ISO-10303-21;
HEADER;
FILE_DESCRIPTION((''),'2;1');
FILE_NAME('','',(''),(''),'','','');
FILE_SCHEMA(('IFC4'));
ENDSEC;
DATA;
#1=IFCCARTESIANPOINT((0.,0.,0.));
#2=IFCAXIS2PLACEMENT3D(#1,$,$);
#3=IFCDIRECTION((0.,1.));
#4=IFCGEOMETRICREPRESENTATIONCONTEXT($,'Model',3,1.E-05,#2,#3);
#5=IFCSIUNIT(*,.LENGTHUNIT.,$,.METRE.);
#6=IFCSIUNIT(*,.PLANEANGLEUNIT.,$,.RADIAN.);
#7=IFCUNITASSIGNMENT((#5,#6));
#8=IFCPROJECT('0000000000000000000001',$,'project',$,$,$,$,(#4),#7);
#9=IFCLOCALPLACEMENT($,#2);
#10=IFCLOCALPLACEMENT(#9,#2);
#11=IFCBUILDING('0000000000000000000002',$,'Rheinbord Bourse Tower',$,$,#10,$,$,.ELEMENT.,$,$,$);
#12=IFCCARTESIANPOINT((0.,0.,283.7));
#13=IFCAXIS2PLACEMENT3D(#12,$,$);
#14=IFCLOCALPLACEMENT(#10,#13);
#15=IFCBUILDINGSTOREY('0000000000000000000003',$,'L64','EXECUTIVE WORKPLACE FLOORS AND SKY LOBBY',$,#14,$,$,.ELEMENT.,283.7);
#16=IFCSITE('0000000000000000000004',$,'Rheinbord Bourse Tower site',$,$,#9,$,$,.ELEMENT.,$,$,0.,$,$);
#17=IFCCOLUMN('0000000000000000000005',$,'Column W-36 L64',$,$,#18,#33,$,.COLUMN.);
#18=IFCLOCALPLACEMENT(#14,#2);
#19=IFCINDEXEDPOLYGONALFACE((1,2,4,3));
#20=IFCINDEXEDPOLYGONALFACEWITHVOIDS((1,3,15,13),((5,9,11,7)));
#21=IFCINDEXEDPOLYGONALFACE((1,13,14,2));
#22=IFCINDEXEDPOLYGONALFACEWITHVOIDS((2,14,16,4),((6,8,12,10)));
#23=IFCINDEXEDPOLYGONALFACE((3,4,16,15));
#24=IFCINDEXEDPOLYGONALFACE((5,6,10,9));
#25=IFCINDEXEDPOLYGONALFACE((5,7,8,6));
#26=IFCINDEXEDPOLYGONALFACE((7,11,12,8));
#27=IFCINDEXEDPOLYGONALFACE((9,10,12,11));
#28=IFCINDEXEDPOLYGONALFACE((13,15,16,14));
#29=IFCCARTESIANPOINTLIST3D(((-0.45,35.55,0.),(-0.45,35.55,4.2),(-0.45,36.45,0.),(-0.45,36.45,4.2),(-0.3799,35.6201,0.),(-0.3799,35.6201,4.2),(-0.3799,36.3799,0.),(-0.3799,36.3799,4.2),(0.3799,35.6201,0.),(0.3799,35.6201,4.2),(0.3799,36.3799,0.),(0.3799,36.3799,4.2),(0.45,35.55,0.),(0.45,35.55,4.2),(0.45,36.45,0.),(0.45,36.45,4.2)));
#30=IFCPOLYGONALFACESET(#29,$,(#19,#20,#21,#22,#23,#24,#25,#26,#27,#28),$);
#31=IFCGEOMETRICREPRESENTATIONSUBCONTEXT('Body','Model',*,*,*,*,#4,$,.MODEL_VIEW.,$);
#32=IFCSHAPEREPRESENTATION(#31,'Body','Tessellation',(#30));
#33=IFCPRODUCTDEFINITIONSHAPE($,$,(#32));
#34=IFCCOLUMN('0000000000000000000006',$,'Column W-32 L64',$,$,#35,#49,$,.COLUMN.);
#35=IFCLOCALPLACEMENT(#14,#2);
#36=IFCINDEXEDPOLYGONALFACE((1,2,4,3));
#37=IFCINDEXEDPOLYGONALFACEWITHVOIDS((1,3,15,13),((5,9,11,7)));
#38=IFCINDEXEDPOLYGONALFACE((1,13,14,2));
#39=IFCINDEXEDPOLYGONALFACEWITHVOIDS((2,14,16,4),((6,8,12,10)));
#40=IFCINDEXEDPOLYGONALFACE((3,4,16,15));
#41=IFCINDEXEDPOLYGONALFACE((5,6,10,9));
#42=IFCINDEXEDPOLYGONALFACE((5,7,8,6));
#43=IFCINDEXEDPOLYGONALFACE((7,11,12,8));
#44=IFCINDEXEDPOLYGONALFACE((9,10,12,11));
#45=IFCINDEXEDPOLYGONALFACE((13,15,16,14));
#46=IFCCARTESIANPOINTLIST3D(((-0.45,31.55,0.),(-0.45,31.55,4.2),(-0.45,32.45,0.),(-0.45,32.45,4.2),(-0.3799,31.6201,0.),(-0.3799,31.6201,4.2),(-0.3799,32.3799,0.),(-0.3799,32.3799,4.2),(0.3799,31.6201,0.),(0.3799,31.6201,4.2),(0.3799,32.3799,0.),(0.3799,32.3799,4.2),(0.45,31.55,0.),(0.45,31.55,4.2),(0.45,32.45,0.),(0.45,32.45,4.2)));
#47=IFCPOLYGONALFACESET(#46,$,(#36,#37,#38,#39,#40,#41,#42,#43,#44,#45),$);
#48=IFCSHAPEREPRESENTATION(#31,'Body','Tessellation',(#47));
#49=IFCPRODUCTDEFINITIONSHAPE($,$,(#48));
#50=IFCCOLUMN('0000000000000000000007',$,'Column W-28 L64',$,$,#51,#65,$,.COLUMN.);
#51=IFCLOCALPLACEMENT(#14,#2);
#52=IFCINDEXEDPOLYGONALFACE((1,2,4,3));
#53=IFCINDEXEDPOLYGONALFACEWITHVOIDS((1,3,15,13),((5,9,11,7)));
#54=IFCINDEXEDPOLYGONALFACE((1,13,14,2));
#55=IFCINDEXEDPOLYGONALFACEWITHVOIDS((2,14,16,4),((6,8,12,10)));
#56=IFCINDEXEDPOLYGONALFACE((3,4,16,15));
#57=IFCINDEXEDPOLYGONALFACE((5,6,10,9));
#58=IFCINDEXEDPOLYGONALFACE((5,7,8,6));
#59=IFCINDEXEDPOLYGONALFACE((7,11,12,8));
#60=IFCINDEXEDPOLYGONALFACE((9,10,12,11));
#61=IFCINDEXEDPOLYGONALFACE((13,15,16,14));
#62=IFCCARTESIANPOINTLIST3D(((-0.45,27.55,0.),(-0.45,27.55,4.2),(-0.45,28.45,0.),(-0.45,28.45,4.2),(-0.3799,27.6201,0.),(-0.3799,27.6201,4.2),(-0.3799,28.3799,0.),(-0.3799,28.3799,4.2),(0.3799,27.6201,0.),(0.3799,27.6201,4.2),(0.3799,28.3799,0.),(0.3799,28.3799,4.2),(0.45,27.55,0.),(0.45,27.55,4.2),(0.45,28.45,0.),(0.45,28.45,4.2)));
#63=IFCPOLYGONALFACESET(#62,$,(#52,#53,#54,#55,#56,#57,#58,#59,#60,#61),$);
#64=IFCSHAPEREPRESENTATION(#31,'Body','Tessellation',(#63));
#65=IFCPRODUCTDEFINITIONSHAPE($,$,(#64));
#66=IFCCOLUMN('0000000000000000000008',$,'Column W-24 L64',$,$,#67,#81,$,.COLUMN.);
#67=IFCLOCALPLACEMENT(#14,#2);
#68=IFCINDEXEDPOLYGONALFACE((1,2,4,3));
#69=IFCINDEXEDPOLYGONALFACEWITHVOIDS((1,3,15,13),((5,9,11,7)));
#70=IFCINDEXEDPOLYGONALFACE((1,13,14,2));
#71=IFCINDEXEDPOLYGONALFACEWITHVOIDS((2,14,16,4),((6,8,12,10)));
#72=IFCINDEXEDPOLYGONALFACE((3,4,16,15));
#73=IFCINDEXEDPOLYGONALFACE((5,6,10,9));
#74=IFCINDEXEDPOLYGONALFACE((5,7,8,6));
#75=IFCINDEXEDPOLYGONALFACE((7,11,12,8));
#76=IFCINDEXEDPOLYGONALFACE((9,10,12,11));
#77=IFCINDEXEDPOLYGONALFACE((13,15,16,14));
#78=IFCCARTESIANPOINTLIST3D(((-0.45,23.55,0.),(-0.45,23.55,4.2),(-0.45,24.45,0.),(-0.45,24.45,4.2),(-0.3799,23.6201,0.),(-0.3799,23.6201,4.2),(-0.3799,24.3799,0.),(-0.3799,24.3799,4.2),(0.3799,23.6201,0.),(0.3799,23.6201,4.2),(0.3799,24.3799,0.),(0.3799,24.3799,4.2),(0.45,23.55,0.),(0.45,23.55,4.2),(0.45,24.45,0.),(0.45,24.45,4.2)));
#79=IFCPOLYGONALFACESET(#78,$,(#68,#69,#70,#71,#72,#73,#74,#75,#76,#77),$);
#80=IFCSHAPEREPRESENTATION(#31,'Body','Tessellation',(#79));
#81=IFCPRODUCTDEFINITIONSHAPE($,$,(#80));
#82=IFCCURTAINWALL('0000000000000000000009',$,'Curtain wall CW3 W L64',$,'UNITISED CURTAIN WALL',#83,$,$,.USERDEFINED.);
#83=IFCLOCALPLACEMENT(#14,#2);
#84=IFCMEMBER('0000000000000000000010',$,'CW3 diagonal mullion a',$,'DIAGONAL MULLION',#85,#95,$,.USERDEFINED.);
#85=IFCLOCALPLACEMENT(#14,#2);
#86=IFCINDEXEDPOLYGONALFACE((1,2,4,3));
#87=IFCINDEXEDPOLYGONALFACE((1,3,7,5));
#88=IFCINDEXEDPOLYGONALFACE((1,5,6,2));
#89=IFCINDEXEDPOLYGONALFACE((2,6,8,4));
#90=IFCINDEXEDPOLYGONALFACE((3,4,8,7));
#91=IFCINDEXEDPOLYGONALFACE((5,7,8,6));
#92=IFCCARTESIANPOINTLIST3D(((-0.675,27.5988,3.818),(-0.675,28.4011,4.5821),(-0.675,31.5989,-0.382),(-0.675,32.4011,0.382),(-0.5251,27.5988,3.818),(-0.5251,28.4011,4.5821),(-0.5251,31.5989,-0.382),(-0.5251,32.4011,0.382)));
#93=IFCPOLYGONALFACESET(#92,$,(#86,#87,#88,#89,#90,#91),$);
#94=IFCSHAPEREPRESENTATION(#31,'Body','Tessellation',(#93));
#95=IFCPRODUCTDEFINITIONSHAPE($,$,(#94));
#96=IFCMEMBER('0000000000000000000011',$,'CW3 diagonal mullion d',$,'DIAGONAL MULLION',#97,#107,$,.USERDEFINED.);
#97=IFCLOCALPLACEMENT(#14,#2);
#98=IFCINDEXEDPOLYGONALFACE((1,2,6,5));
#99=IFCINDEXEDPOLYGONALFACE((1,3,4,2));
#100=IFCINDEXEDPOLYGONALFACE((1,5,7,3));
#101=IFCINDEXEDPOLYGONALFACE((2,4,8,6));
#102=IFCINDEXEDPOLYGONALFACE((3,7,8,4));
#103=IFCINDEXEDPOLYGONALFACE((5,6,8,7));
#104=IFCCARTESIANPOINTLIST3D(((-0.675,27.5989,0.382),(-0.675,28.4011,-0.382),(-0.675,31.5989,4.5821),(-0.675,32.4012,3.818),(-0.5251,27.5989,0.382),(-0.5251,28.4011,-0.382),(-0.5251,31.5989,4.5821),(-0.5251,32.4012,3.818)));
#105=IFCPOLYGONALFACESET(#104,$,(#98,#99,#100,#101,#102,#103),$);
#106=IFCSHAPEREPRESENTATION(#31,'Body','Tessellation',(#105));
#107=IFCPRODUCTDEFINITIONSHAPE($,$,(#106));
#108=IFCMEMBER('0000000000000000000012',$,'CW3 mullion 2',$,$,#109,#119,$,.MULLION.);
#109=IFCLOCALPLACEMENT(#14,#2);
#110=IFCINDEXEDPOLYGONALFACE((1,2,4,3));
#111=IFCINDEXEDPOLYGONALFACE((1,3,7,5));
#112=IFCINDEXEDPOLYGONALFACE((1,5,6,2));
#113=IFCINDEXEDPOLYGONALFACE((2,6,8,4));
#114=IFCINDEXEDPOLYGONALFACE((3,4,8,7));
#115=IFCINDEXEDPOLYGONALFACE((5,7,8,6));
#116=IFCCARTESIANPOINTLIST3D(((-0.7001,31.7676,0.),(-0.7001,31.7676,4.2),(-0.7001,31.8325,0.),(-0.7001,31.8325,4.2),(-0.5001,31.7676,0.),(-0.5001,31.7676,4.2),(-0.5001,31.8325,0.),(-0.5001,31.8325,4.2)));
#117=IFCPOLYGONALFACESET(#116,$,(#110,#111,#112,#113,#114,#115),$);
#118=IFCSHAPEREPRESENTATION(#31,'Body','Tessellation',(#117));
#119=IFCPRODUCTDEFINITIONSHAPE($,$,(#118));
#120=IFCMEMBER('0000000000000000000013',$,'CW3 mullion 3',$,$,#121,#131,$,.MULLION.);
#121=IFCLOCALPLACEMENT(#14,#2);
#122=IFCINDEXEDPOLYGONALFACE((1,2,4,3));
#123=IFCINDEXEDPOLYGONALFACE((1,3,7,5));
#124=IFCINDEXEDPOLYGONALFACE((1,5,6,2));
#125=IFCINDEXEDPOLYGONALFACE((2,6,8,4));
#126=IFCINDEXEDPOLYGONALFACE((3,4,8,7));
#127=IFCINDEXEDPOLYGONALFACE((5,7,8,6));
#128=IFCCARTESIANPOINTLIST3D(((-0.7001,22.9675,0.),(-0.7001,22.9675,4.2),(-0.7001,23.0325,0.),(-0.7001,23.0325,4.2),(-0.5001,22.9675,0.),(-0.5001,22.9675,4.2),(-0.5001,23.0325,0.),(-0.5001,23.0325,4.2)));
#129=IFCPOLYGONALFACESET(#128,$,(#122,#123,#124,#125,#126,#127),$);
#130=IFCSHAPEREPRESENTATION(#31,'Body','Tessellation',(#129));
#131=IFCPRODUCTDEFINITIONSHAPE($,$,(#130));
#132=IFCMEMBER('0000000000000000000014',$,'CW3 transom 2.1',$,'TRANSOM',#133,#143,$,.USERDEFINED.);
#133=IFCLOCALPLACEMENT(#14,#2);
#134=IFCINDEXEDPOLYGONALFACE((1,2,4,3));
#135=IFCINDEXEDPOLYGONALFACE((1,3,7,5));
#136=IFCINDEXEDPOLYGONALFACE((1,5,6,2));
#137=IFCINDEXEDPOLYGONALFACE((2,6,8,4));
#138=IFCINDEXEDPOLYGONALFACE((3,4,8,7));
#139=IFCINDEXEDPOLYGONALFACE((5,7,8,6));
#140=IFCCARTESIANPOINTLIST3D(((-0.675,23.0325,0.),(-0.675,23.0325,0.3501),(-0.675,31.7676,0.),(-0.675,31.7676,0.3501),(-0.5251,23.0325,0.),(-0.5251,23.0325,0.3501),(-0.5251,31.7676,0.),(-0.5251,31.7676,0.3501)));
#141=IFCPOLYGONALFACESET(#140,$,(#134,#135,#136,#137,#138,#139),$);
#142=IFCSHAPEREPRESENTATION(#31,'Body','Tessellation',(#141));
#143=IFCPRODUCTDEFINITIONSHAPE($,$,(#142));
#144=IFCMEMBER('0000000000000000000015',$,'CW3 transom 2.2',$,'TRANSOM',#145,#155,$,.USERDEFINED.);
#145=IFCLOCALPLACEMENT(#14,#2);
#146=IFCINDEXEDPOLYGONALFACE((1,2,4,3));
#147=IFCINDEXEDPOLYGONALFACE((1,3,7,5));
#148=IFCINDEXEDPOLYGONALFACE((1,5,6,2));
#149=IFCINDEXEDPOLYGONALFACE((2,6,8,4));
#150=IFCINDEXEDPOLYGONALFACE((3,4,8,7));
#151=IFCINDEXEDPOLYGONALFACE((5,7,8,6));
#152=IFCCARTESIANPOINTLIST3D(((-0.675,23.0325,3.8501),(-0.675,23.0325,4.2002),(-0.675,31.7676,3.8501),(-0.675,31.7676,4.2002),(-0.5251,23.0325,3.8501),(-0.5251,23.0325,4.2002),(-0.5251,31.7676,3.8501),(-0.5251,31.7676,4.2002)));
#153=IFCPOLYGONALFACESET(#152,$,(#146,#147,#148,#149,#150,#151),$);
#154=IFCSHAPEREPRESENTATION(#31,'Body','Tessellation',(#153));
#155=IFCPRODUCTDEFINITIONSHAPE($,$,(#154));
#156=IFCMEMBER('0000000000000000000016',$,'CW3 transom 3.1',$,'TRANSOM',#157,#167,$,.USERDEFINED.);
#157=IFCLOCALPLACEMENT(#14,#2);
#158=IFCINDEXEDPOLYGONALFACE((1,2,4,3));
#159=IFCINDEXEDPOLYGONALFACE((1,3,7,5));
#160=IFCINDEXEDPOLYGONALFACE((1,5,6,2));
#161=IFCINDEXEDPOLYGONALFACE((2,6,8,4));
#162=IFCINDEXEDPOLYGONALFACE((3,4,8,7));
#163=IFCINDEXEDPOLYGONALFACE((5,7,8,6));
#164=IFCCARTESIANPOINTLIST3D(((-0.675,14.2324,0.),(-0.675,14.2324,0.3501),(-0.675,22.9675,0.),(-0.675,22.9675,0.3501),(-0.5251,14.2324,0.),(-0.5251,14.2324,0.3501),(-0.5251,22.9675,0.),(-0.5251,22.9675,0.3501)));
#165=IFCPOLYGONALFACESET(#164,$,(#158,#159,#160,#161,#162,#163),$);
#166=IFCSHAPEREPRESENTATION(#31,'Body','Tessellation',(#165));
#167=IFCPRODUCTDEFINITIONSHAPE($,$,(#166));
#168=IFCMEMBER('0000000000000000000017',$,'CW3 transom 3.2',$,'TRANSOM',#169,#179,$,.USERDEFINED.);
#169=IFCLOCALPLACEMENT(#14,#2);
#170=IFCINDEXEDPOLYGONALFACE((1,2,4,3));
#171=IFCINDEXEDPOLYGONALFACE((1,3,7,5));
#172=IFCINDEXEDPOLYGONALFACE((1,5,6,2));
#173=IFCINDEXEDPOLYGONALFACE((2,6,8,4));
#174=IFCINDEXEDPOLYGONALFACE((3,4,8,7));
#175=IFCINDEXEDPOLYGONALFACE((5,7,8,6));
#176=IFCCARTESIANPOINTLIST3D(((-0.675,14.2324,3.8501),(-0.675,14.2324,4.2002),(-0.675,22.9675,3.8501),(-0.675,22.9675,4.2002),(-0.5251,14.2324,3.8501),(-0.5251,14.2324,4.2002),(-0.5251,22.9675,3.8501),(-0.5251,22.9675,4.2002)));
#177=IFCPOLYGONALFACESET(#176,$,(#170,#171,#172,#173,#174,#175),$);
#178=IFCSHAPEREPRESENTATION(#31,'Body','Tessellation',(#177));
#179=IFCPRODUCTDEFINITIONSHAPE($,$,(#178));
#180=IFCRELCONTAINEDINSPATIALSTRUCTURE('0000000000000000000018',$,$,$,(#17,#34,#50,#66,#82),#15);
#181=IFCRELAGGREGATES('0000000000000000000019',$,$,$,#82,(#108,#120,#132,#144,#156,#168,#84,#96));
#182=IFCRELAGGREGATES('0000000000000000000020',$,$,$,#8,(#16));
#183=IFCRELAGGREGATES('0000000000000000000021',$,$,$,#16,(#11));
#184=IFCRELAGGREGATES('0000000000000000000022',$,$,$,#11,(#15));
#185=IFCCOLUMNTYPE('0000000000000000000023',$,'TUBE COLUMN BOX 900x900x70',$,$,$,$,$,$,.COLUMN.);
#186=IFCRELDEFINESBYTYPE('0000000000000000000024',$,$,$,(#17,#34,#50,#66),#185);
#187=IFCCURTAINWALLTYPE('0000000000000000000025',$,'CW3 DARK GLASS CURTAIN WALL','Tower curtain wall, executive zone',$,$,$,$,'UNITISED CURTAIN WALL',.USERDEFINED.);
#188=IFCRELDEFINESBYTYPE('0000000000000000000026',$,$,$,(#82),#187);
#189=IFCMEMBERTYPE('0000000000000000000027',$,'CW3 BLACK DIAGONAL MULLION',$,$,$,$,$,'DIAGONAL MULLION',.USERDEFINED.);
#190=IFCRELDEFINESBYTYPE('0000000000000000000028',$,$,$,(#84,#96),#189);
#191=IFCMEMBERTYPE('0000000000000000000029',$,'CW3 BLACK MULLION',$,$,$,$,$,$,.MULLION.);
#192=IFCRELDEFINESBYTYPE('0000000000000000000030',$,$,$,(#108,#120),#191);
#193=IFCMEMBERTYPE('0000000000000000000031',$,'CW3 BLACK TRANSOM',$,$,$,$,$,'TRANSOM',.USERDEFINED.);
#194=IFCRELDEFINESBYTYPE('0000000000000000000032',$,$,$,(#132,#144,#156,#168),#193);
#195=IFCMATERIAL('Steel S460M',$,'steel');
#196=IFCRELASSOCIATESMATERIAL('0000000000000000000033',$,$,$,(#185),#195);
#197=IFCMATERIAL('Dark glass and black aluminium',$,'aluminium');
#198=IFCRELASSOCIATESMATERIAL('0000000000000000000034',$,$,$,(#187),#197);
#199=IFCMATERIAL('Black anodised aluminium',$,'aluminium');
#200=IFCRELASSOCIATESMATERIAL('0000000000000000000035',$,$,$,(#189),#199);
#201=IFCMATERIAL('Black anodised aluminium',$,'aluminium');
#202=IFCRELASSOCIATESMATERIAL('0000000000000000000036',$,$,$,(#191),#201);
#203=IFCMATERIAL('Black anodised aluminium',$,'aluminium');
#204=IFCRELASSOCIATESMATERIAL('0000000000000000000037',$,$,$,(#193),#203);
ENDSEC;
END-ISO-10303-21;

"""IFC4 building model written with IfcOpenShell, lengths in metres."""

from ifc_helpers import new_model, si_unit, direction, frame, origin, origin_2d, place, context, subcontext, project, spatial, rectangle, hollow_rectangle, extrude, material, material_profile, profile_set, type_object, element, aggregate, save


model = new_model("IFC4")

# Units and contexts
model_context = context("Model", 3, precision=1e-05, world=origin(), true_north=direction((0.0, 1.0)))
body_context = subcontext(model_context, "Body", "Model", "MODEL_VIEW")
ifc_project = project(units=[si_unit("LENGTHUNIT", "METRE"), si_unit("PLANEANGLEUNIT", "RADIAN")], contexts=[model_context])

# Site, building, storey
site_placement = place(None, origin())
site = spatial("IfcSite", under=ifc_project, at=site_placement, Name="Rheinbord Bourse Tower site", CompositionType="ELEMENT", RefElevation=0.0)
building_placement = place(site_placement, origin())
building = spatial("IfcBuilding", under=site, at=building_placement, Name="Rheinbord Bourse Tower", CompositionType="ELEMENT")
storey_placement = place(building_placement, frame((0.0, 0.0, 283.7)))
storey = spatial("IfcBuildingStorey", under=building, at=storey_placement, Name="L64", Description="EXECUTIVE WORKPLACE FLOORS AND SKY LOBBY", CompositionType="ELEMENT", Elevation=283.7)

# Columns
ifc_material_1 = material(Name="Steel S460M", Category="steel")
ifc_material_profile_1 = material_profile(ifc_material_1, hollow_rectangle(XDim=0.8999, YDim=0.8999, WallThickness=0.0701, at=origin_2d()), Name="BOX 900x900x70")
ifc_profile_set_1 = profile_set([ifc_material_profile_1], Name="Steel S460M")
column_type = type_object("IfcColumnType", Name="TUBE COLUMN BOX 900x900x70", PredefinedType="COLUMN", material=ifc_profile_set_1)
for number, where, z_axis, x_axis, name in (
    (1, (0.0, 36.0, 0.0), (0.0, 0.0, 1.0), (1.0, 0.0, 0.0), "Column W-36 L64"),
    (2, (0.0, 32.0, 0.0), (0.0, 0.0, 1.0), (1.0, 0.0, 0.0), "Column W-32 L64"),
    (3, (0.0, 28.0, 0.0), (0.0, 0.0, 1.0), (1.0, 0.0, 0.0), "Column W-28 L64"),
    (4, (0.0, 24.0, 0.0), (0.0, 0.0, 1.0), (1.0, 0.0, 0.0), "Column W-24 L64"),
):
    element("IfcColumn", number, at=place(storey_placement, frame(where, z_axis=z_axis, x_axis=x_axis)), inside=storey, type_object=column_type, Name=name, PredefinedType="COLUMN", context=body_context, shape_type="SweptSolid", body=[
        extrude(hollow_rectangle(XDim=0.8999, YDim=0.8999, WallThickness=0.0701, at=origin_2d()), origin(), (0.0, 0.0, 1.0), 4.2),
    ])

# Curtain wall, members
ifc_material_2 = material(Name="Dark glass and black aluminium", Category="aluminium")
curtain_wall_type = type_object("IfcCurtainWallType", Name="CW3 DARK GLASS CURTAIN WALL", Description="Tower curtain wall, executive zone", ElementType="UNITISED CURTAIN WALL", PredefinedType="USERDEFINED", material=ifc_material_2)
curtain_wall_placement = place(storey_placement, origin())
curtain_wall = element("IfcCurtainWall", 5, at=curtain_wall_placement, inside=storey, type_object=curtain_wall_type, Name="Curtain wall CW3 W L64", ObjectType="UNITISED CURTAIN WALL", PredefinedType="USERDEFINED")
ifc_material_3 = material(Name="Black anodised aluminium", Category="aluminium")
ifc_material_profile_2 = material_profile(ifc_material_3, rectangle(XDim=0.1499, YDim=1.1079, at=origin_2d()), Name="CW3 DIAGONAL MULLION 1108x150")
ifc_profile_set_2 = profile_set([ifc_material_profile_2], Name="Black anodised aluminium")
member_type_1 = type_object("IfcMemberType", Name="CW3 BLACK DIAGONAL MULLION", ElementType="DIAGONAL MULLION", PredefinedType="USERDEFINED", material=ifc_profile_set_2)
member_1_placement = place(storey_placement, frame((-0.6001, 32.0, 0.0), z_axis=(0.0, -0.689659, 0.724134), x_axis=(1.0, 0.0, 0.0)))
member_1 = element("IfcMember", 6, at=member_1_placement, type_object=member_type_1, Name="CW3 diagonal mullion a", ObjectType="DIAGONAL MULLION", PredefinedType="USERDEFINED", context=body_context, shape_type="SweptSolid", body=[
    extrude(rectangle(XDim=0.1499, YDim=1.1079, at=origin_2d()), origin(), (0.0, 0.0, 1.0), 5.8),
])
member_2_placement = place(storey_placement, frame((-0.6001, 28.0, 0.0), z_axis=(0.0, 0.689659, 0.724134), x_axis=(-1.0, 0.0, 0.0)))
member_2 = element("IfcMember", 7, at=member_2_placement, type_object=member_type_1, Name="CW3 diagonal mullion d", ObjectType="DIAGONAL MULLION", PredefinedType="USERDEFINED", context=body_context, shape_type="SweptSolid", body=[
    extrude(rectangle(XDim=0.1499, YDim=1.1079, at=origin_2d()), origin(), (0.0, 0.0, 1.0), 5.8),
])
ifc_material_4 = material(Name="Black anodised aluminium", Category="aluminium")
ifc_material_profile_3 = material_profile(ifc_material_4, rectangle(XDim=0.2, YDim=0.0649, at=origin_2d()), Name="CW3 MULLION 65x200")
ifc_profile_set_3 = profile_set([ifc_material_profile_3], Name="Black anodised aluminium")
member_type_2 = type_object("IfcMemberType", Name="CW3 BLACK MULLION", PredefinedType="MULLION", material=ifc_profile_set_3)
member_3_placement = place(storey_placement, frame((-0.6001, 31.8, 0.0), z_axis=(0.0, 0.0, 1.0), x_axis=(1.0, 0.0, 0.0)))
member_3 = element("IfcMember", 8, at=member_3_placement, type_object=member_type_2, Name="CW3 mullion 2", PredefinedType="MULLION", context=body_context, shape_type="SweptSolid", body=[
    extrude(rectangle(XDim=0.2, YDim=0.0649, at=origin_2d()), origin(), (0.0, 0.0, 1.0), 4.2),
])
member_4_placement = place(storey_placement, frame((-0.6001, 23.0, 0.0), z_axis=(0.0, 0.0, 1.0), x_axis=(1.0, 0.0, 0.0)))
member_4 = element("IfcMember", 9, at=member_4_placement, type_object=member_type_2, Name="CW3 mullion 3", PredefinedType="MULLION", context=body_context, shape_type="SweptSolid", body=[
    extrude(rectangle(XDim=0.2, YDim=0.0649, at=origin_2d()), origin(), (0.0, 0.0, 1.0), 4.2),
])
ifc_material_5 = material(Name="Black anodised aluminium", Category="aluminium")
ifc_material_profile_4 = material_profile(ifc_material_5, rectangle(XDim=0.1499, YDim=0.3501, at=origin_2d()), Name="CW3 TRANSOM 350x150")
ifc_profile_set_4 = profile_set([ifc_material_profile_4], Name="Black anodised aluminium")
member_type_3 = type_object("IfcMemberType", Name="CW3 BLACK TRANSOM", ElementType="TRANSOM", PredefinedType="USERDEFINED", material=ifc_profile_set_4)
member_5_placement = place(storey_placement, frame((-0.6001, 31.7676, 0.175), z_axis=(0.0, -1.0, 0.0), x_axis=(1.0, 0.0, 0.0)))
member_5 = element("IfcMember", 10, at=member_5_placement, type_object=member_type_3, Name="CW3 transom 2.1", ObjectType="TRANSOM", PredefinedType="USERDEFINED", context=body_context, shape_type="SweptSolid", body=[
    extrude(rectangle(XDim=0.1499, YDim=0.3501, at=origin_2d()), origin(), (0.0, 0.0, 1.0), 8.7351),
])
member_6_placement = place(storey_placement, frame((-0.6001, 31.7676, 4.0251), z_axis=(0.0, -1.0, 0.0), x_axis=(1.0, 0.0, 0.0)))
member_6 = element("IfcMember", 11, at=member_6_placement, type_object=member_type_3, Name="CW3 transom 2.2", ObjectType="TRANSOM", PredefinedType="USERDEFINED", context=body_context, shape_type="SweptSolid", body=[
    extrude(rectangle(XDim=0.1499, YDim=0.3501, at=origin_2d()), origin(), (0.0, 0.0, 1.0), 8.7351),
])
member_7_placement = place(storey_placement, frame((-0.6001, 22.9675, 0.175), z_axis=(0.0, -1.0, 0.0), x_axis=(1.0, 0.0, 0.0)))
member_7 = element("IfcMember", 12, at=member_7_placement, type_object=member_type_3, Name="CW3 transom 3.1", ObjectType="TRANSOM", PredefinedType="USERDEFINED", context=body_context, shape_type="SweptSolid", body=[
    extrude(rectangle(XDim=0.1499, YDim=0.3501, at=origin_2d()), origin(), (0.0, 0.0, 1.0), 8.7351),
])
member_8_placement = place(storey_placement, frame((-0.6001, 22.9675, 4.0251), z_axis=(0.0, -1.0, 0.0), x_axis=(1.0, 0.0, 0.0)))
member_8 = element("IfcMember", 13, at=member_8_placement, type_object=member_type_3, Name="CW3 transom 3.2", ObjectType="TRANSOM", PredefinedType="USERDEFINED", context=body_context, shape_type="SweptSolid", body=[
    extrude(rectangle(XDim=0.1499, YDim=0.3501, at=origin_2d()), origin(), (0.0, 0.0, 1.0), 8.7351),
])

aggregate(curtain_wall, [member_3, member_4, member_5, member_6, member_7, member_8, member_1, member_2])

save(model, "model.ifc")
